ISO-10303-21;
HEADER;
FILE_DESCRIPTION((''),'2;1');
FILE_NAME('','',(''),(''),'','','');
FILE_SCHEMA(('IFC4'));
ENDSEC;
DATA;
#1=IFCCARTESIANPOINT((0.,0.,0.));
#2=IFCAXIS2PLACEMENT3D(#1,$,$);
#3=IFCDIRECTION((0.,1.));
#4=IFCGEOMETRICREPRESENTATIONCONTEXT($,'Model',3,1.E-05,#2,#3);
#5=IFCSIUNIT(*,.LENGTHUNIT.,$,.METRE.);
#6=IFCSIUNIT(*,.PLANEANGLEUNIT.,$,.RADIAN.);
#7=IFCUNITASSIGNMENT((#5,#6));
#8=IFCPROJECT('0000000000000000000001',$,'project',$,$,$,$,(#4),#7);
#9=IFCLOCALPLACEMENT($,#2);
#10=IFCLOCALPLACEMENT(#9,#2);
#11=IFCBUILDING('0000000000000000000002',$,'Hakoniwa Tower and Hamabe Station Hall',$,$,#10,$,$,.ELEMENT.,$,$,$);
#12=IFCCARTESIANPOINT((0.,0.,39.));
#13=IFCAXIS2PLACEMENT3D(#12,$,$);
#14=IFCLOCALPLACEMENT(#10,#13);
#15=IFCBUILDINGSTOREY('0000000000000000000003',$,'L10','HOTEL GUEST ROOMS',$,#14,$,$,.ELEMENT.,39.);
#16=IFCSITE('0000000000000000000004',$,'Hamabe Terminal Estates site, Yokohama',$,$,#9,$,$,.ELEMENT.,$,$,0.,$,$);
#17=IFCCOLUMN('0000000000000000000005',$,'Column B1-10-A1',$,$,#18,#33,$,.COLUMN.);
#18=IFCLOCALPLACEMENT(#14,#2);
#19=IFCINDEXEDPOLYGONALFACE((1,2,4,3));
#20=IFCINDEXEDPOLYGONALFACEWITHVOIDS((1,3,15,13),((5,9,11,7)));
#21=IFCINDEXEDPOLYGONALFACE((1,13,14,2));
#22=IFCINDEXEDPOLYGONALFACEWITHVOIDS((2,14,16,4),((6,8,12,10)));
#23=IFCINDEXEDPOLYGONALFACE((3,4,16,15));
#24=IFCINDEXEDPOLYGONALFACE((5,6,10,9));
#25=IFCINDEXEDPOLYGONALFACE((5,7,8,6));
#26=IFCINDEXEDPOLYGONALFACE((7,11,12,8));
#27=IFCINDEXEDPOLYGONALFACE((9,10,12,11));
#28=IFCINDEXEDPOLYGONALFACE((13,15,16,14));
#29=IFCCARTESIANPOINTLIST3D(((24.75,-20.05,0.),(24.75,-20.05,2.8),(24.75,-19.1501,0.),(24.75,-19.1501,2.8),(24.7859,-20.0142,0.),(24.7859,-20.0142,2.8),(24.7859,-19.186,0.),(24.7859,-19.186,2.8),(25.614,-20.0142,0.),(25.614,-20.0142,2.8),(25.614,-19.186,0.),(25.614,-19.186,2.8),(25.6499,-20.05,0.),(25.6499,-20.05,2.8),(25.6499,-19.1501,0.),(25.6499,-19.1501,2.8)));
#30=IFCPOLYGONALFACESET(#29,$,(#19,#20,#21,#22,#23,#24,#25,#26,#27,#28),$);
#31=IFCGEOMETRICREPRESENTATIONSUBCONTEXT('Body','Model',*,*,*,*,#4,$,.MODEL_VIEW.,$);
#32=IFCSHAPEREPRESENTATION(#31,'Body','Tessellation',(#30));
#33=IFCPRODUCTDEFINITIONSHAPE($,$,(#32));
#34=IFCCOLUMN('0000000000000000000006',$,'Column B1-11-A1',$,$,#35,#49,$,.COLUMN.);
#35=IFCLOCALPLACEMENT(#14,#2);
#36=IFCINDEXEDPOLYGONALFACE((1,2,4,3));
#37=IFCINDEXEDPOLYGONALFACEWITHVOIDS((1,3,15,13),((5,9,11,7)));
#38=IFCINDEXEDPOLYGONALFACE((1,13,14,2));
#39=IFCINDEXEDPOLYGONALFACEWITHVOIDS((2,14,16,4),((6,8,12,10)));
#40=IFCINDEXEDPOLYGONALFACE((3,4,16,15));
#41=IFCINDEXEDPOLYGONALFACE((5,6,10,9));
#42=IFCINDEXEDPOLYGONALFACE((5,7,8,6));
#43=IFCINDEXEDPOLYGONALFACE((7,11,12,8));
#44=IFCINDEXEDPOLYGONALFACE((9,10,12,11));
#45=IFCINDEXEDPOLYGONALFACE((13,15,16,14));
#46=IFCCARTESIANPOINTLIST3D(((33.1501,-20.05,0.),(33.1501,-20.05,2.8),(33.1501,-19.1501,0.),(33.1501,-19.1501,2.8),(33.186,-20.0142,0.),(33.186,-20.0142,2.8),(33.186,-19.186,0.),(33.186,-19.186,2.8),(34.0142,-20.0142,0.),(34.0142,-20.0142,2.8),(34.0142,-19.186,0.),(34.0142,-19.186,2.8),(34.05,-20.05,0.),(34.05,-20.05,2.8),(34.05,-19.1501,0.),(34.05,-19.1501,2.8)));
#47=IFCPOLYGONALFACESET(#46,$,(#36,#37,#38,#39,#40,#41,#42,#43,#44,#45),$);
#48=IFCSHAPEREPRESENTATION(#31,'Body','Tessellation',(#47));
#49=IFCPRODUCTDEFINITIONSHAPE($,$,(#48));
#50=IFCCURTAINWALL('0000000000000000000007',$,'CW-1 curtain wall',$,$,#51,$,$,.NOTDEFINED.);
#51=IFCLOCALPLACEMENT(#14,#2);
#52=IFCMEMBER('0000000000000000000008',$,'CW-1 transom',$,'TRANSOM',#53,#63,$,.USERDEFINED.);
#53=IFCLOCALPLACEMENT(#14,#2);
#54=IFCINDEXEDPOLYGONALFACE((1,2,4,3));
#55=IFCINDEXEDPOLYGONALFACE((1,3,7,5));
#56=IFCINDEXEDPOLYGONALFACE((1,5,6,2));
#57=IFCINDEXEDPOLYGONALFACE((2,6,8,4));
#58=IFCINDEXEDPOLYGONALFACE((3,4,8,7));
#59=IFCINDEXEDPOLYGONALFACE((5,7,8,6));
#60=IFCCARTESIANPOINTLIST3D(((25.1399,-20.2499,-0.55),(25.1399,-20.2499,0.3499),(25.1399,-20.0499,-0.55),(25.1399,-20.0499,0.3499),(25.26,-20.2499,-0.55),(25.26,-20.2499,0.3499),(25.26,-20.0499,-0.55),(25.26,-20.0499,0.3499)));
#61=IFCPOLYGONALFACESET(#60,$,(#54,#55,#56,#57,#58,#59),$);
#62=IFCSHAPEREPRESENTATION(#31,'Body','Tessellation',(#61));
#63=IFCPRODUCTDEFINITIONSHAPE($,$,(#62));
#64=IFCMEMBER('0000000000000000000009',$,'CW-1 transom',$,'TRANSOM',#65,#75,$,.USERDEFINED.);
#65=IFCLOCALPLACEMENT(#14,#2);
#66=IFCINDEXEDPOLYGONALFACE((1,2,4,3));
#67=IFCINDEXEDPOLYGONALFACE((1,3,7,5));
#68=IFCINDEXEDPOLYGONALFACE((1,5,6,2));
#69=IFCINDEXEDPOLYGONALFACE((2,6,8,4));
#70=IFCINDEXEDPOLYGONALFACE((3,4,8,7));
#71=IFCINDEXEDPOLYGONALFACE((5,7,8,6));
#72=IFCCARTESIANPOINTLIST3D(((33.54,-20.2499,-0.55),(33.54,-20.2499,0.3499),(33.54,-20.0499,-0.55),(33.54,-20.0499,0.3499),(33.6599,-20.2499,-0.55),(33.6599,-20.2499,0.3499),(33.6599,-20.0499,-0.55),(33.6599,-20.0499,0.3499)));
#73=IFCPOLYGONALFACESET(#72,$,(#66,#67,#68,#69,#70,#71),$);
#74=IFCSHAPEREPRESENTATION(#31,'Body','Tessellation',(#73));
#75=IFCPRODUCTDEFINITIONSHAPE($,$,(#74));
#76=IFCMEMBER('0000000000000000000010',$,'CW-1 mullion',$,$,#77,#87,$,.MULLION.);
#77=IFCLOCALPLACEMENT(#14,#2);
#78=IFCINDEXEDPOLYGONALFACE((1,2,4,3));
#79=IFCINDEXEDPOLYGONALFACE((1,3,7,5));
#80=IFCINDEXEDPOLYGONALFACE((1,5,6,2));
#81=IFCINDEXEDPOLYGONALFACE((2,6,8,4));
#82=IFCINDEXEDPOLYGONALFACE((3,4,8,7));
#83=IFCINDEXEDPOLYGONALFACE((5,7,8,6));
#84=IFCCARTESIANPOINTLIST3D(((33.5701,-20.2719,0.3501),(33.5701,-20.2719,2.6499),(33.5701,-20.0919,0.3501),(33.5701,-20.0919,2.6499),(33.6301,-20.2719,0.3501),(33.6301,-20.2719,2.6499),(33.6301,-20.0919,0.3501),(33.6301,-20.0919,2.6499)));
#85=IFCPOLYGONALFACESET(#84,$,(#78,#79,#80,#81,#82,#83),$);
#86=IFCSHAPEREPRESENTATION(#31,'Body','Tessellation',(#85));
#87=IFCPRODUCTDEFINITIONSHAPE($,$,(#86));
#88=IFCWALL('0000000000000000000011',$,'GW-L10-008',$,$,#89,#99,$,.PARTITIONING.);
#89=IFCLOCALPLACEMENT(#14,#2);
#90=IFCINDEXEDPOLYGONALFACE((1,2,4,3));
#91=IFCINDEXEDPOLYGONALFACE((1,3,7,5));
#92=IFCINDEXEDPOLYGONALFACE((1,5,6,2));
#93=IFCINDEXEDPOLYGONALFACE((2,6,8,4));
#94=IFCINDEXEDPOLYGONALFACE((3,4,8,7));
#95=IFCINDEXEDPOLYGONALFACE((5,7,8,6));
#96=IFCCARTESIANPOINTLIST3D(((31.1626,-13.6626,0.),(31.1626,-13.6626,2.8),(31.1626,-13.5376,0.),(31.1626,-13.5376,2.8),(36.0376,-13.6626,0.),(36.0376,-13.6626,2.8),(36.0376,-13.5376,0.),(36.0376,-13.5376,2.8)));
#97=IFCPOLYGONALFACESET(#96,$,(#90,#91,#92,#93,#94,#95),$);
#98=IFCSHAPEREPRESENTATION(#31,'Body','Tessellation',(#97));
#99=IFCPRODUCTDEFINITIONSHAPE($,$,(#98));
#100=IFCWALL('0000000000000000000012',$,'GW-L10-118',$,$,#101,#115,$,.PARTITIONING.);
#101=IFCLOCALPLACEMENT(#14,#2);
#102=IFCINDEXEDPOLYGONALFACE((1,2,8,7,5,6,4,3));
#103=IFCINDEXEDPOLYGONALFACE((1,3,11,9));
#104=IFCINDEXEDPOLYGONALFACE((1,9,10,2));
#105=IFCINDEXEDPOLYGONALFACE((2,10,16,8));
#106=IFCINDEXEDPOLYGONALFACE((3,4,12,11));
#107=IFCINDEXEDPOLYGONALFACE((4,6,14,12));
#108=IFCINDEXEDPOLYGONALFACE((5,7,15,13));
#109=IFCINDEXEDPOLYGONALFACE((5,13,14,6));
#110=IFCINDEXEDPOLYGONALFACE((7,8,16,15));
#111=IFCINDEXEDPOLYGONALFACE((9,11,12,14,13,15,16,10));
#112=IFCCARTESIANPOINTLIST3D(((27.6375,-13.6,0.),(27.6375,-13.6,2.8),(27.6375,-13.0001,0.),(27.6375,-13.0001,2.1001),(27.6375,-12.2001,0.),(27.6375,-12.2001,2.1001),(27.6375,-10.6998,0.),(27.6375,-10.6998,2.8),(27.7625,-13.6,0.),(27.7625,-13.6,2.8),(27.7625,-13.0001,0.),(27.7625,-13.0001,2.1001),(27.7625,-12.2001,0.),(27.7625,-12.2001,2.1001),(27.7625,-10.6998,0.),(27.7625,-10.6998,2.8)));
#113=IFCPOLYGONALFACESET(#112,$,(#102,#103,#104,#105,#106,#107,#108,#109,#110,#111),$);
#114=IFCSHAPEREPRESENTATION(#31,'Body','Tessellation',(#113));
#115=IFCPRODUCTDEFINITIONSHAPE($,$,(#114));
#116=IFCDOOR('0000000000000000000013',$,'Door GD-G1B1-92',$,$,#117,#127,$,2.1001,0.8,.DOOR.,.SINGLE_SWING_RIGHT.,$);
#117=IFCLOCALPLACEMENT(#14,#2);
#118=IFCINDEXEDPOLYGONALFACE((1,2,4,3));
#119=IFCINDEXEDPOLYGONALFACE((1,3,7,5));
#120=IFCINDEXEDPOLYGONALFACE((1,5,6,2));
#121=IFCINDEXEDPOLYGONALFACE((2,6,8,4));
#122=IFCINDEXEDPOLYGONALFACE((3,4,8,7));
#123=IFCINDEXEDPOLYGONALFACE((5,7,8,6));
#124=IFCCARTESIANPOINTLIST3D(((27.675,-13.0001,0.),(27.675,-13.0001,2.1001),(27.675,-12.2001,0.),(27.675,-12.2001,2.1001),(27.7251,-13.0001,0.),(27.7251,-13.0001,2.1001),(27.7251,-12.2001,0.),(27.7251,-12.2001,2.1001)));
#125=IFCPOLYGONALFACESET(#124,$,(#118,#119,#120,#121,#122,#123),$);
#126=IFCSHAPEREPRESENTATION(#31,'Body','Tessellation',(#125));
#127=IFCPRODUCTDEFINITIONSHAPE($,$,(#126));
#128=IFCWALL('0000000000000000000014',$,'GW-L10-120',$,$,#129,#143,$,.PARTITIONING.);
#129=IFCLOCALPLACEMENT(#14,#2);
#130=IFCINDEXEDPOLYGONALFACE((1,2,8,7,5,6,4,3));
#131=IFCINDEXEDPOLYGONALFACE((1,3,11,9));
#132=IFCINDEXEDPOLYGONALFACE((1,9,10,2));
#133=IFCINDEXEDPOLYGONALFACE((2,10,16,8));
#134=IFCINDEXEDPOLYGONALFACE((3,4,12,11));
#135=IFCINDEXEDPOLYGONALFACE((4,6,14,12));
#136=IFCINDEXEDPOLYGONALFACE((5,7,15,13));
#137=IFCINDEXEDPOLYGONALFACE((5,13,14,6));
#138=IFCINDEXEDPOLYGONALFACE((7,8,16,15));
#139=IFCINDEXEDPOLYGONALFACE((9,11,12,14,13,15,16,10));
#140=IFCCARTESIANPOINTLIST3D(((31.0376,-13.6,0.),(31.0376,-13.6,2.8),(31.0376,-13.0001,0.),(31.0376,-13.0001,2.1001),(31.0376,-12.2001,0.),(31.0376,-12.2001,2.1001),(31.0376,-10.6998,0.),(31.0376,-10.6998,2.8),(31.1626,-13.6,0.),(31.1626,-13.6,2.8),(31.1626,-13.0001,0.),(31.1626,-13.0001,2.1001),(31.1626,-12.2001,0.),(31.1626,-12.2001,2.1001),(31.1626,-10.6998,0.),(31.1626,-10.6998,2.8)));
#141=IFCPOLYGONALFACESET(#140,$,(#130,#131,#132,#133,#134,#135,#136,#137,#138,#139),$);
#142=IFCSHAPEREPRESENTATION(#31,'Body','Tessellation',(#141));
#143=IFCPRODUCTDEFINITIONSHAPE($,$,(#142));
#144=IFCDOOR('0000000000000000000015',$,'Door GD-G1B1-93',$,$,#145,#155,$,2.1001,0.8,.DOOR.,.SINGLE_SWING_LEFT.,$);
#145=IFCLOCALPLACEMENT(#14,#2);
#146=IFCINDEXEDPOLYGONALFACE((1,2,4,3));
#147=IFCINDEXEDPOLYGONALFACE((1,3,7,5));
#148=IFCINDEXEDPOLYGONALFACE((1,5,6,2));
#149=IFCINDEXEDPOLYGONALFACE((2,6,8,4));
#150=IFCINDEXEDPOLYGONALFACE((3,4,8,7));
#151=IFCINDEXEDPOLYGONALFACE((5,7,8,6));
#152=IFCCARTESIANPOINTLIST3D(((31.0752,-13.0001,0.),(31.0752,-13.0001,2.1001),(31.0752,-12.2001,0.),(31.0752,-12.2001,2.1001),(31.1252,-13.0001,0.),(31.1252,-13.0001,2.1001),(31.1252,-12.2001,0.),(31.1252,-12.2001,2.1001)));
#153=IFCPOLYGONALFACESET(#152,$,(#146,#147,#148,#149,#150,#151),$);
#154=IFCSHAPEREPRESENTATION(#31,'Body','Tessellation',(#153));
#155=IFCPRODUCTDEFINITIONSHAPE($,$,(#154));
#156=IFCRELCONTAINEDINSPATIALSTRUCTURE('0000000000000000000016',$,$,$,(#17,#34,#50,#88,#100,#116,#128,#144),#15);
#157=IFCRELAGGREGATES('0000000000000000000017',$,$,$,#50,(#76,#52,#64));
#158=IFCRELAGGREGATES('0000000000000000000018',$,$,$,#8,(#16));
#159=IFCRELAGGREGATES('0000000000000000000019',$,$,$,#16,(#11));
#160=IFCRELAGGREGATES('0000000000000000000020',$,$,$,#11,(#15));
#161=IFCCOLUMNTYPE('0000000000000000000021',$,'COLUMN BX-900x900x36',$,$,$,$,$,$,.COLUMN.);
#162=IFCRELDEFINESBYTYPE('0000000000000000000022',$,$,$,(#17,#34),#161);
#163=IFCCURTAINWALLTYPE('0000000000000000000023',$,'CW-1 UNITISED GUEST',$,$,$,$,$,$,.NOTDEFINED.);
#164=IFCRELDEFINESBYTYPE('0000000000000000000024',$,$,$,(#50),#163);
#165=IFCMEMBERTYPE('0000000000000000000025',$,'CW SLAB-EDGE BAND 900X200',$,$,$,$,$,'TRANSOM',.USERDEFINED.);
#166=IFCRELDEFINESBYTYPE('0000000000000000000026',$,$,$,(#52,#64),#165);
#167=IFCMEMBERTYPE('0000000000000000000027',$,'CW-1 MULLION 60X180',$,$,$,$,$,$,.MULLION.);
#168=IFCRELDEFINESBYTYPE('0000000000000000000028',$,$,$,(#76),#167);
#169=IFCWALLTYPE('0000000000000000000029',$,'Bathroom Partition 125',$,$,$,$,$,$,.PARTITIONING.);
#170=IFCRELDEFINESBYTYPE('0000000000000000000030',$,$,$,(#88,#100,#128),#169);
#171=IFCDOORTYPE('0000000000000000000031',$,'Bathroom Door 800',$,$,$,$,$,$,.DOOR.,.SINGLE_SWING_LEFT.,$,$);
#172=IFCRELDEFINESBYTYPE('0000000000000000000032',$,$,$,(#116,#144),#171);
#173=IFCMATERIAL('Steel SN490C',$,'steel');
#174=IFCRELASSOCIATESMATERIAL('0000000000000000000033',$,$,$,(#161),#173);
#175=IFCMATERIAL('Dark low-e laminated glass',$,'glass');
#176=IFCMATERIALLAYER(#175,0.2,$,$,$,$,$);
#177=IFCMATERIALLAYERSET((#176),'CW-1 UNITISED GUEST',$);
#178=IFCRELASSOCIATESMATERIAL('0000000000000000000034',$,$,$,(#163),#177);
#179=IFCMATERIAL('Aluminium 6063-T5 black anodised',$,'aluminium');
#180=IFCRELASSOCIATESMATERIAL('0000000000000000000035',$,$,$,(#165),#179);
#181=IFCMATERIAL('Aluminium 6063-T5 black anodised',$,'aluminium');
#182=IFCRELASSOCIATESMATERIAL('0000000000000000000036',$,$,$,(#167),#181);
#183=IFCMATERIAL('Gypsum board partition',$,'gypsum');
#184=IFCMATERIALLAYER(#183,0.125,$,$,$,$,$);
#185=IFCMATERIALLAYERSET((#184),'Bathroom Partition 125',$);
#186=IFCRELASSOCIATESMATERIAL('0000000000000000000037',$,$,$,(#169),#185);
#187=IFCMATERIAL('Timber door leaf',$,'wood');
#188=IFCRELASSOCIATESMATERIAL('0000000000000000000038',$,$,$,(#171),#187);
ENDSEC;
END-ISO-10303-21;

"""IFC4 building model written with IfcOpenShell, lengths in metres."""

from ifc_helpers import new_model, si_unit, direction, frame, frame_2d, origin, origin_2d, place, context, subcontext, project, spatial, rectangle, hollow_rectangle, extrude, material, layer, layer_set, material_profile, profile_set, type_object, element, fill, aggregate, save


model = new_model("IFC4")

# Units and contexts
model_context = context("Model", 3, precision=1e-05, world=origin(), true_north=direction((0.0, 1.0)))
body_context = subcontext(model_context, "Body", "Model", "MODEL_VIEW")
ifc_project = project(units=[si_unit("LENGTHUNIT", "METRE"), si_unit("PLANEANGLEUNIT", "RADIAN")], contexts=[model_context])

# Site, building, storey
site_placement = place(None, origin())
site = spatial("IfcSite", under=ifc_project, at=site_placement, Name="Hamabe Terminal Estates site, Yokohama", CompositionType="ELEMENT", RefElevation=0.0)
building_placement = place(site_placement, origin())
building = spatial("IfcBuilding", under=site, at=building_placement, Name="Hakoniwa Tower and Hamabe Station Hall", CompositionType="ELEMENT")
storey_placement = place(building_placement, frame((0.0, 0.0, 39.0)))
storey = spatial("IfcBuildingStorey", under=building, at=storey_placement, Name="L10", Description="HOTEL GUEST ROOMS", CompositionType="ELEMENT", Elevation=39.0)

# Columns
ifc_material_1 = material(Name="Steel SN490C", Category="steel")
ifc_material_profile_1 = material_profile(ifc_material_1, hollow_rectangle(XDim=0.8999, YDim=0.8999, WallThickness=0.0359, at=origin_2d()), Name="BX-900x900x36")
ifc_profile_set_1 = profile_set([ifc_material_profile_1], Name="Steel SN490C")
column_type = type_object("IfcColumnType", Name="COLUMN BX-900x900x36", PredefinedType="COLUMN", material=ifc_profile_set_1)
for number, where, z_axis, x_axis, name in (
    (1, (25.2, -19.6001, 0.0), (0.0, 0.0, 1.0), (1.0, 0.0, 0.0), "Column B1-10-A1"),
    (2, (33.6001, -19.6001, 0.0), (0.0, 0.0, 1.0), (1.0, 0.0, 0.0), "Column B1-11-A1"),
):
    element("IfcColumn", number, at=place(storey_placement, frame(where, z_axis=z_axis, x_axis=x_axis)), inside=storey, type_object=column_type, Name=name, PredefinedType="COLUMN", context=body_context, shape_type="SweptSolid", body=[
        extrude(hollow_rectangle(XDim=0.8999, YDim=0.8999, WallThickness=0.0359, at=origin_2d()), origin(), (0.0, 0.0, 1.0), 2.8),
    ])

# Curtain wall, members
ifc_material_2 = material(Name="Dark low-e laminated glass", Category="glass")
ifc_layer_1 = layer(ifc_material_2, 0.2)
ifc_layer_set_1 = layer_set([ifc_layer_1], Name="CW-1 UNITISED GUEST")
curtain_wall_type = type_object("IfcCurtainWallType", Name="CW-1 UNITISED GUEST", PredefinedType="NOTDEFINED", material=ifc_layer_set_1)
curtain_wall_placement = place(storey_placement, origin())
curtain_wall = element("IfcCurtainWall", 3, at=curtain_wall_placement, inside=storey, type_object=curtain_wall_type, Name="CW-1 curtain wall", PredefinedType="NOTDEFINED")
ifc_material_3 = material(Name="Aluminium 6063-T5 black anodised", Category="aluminium")
ifc_material_profile_2 = material_profile(ifc_material_3, rectangle(XDim=0.2, YDim=0.8999, at=origin_2d()), Name="CW SLAB-EDGE BAND 900X200")
ifc_profile_set_2 = profile_set([ifc_material_profile_2], Name="Aluminium 6063-T5 black anodised")
member_type_1 = type_object("IfcMemberType", Name="CW SLAB-EDGE BAND 900X200", ElementType="TRANSOM", PredefinedType="USERDEFINED", material=ifc_profile_set_2)
member_1_placement = place(storey_placement, frame((25.1399, -20.1499, -0.1001), z_axis=(1.0, 0.0, 0.0), x_axis=(0.0, 1.0, 0.0)))
member_1 = element("IfcMember", 4, at=member_1_placement, type_object=member_type_1, Name="CW-1 transom", ObjectType="TRANSOM", PredefinedType="USERDEFINED", context=body_context, shape_type="SweptSolid", body=[
    extrude(rectangle(XDim=0.2, YDim=0.8999, at=origin_2d()), origin(), (0.0, 0.0, 1.0), 0.1201),
])
member_2_placement = place(storey_placement, frame((33.54, -20.1499, -0.1001), z_axis=(1.0, 0.0, 0.0), x_axis=(0.0, 1.0, 0.0)))
member_2 = element("IfcMember", 5, at=member_2_placement, type_object=member_type_1, Name="CW-1 transom", ObjectType="TRANSOM", PredefinedType="USERDEFINED", context=body_context, shape_type="SweptSolid", body=[
    extrude(rectangle(XDim=0.2, YDim=0.8999, at=origin_2d()), origin(), (0.0, 0.0, 1.0), 0.1199),
])
ifc_material_4 = material(Name="Aluminium 6063-T5 black anodised", Category="aluminium")
ifc_material_profile_3 = material_profile(ifc_material_4, rectangle(XDim=0.0601, YDim=0.1799, at=origin_2d()), Name="CW-1 MULLION 60X180")
ifc_profile_set_3 = profile_set([ifc_material_profile_3], Name="Aluminium 6063-T5 black anodised")
member_type_2 = type_object("IfcMemberType", Name="CW-1 MULLION 60X180", PredefinedType="MULLION", material=ifc_profile_set_3)
member_3_placement = place(storey_placement, frame((33.6001, -20.1819, 0.3501), z_axis=(0.0, 0.0, 1.0), x_axis=(1.0, 0.0, 0.0)))
member_3 = element("IfcMember", 6, at=member_3_placement, type_object=member_type_2, Name="CW-1 mullion", PredefinedType="MULLION", context=body_context, shape_type="SweptSolid", body=[
    extrude(rectangle(XDim=0.0601, YDim=0.1799, at=origin_2d()), origin(), (0.0, 0.0, 1.0), 2.2998),
])

# Wall
ifc_material_5 = material(Name="Gypsum board partition", Category="gypsum")
ifc_layer_2 = layer(ifc_material_5, 0.125)
ifc_layer_set_2 = layer_set([ifc_layer_2], Name="Bathroom Partition 125")
wall_type_1 = type_object("IfcWallType", Name="Bathroom Partition 125", PredefinedType="PARTITIONING", material=ifc_layer_set_2)
wall_1_placement = place(storey_placement, frame((31.1626, -13.6001, 0.0), z_axis=(0.0, 0.0, 1.0), x_axis=(1.0, 0.0, 0.0)))
element("IfcWall", 7, at=wall_1_placement, inside=storey, type_object=wall_type_1, Name="GW-L10-008", PredefinedType="PARTITIONING", context=body_context, shape_type="SweptSolid", body=[
    extrude(rectangle(XDim=4.875, YDim=0.125, at=frame_2d((2.4375, 0.0))), origin(), (0.0, 0.0, 1.0), 2.8),
])

# Walls, openings, doors
wall_2_placement = place(storey_placement, frame((27.7, -13.6001, 0.0), z_axis=(0.0, 0.0, 1.0), x_axis=(0.0, 1.0, 0.0)))
wall_2 = element("IfcWall", 8, at=wall_2_placement, inside=storey, type_object=wall_type_1, Name="GW-L10-118", PredefinedType="PARTITIONING", context=body_context, shape_type="SweptSolid", body=[
    extrude(rectangle(XDim=2.9001, YDim=0.125, at=frame_2d((1.4502, 0.0))), origin(), (0.0, 0.0, 1.0), 2.8),
])
opening_1_placement = place(wall_2_placement, frame((0.6001, 0.0, 0.0)))
opening_1 = element("IfcOpeningElement", 9, at=opening_1_placement, cuts=wall_2, PredefinedType="OPENING", context=body_context, shape_type="SweptSolid", body=[
    extrude(rectangle(XDim=0.8, YDim=2.1001, at=frame_2d((0.3999, 1.05))), frame((0.0, 0.0725, 0.0), z_axis=(0.0, -1.0, 0.0), x_axis=(1.0, 0.0, 0.0)), (0.0, 0.0, 1.0), 0.145),
])
ifc_material_6 = material(Name="Timber door leaf", Category="wood")
door_type_1 = type_object("IfcDoorType", Name="Bathroom Door 800", OperationType="SINGLE_SWING_LEFT", PredefinedType="DOOR", material=ifc_material_6)
door_1_placement = place(opening_1_placement, origin())
door_1 = element("IfcDoor", 10, at=door_1_placement, inside=storey, type_object=door_type_1, Name="Door GD-G1B1-92", OperationType="SINGLE_SWING_RIGHT", OverallHeight=2.1001, OverallWidth=0.8, PredefinedType="DOOR", context=body_context, shape_type="SweptSolid", body=[
    extrude(rectangle(XDim=0.8, YDim=2.1001, at=frame_2d((0.3999, 1.05))), frame((0.0, 0.0249, 0.0), z_axis=(0.0, -1.0, 0.0), x_axis=(1.0, 0.0, 0.0)), (0.0, 0.0, 1.0), 0.05),
])
fill(opening_1, door_1)
wall_3_placement = place(storey_placement, frame((31.1001, -13.6001, 0.0), z_axis=(0.0, 0.0, 1.0), x_axis=(0.0, 1.0, 0.0)))
wall_3 = element("IfcWall", 11, at=wall_3_placement, inside=storey, type_object=wall_type_1, Name="GW-L10-120", PredefinedType="PARTITIONING", context=body_context, shape_type="SweptSolid", body=[
    extrude(rectangle(XDim=2.9001, YDim=0.125, at=frame_2d((1.4502, 0.0))), origin(), (0.0, 0.0, 1.0), 2.8),
])
opening_2_placement = place(wall_3_placement, frame((0.6001, 0.0, 0.0)))
opening_2 = element("IfcOpeningElement", 12, at=opening_2_placement, cuts=wall_3, PredefinedType="OPENING", context=body_context, shape_type="SweptSolid", body=[
    extrude(rectangle(XDim=0.8, YDim=2.1001, at=frame_2d((0.3999, 1.05))), frame((0.0, 0.0725, 0.0), z_axis=(0.0, -1.0, 0.0), x_axis=(1.0, 0.0, 0.0)), (0.0, 0.0, 1.0), 0.145),
])
door_2_placement = place(opening_2_placement, origin())
door_2 = element("IfcDoor", 13, at=door_2_placement, inside=storey, type_object=door_type_1, Name="Door GD-G1B1-93", OperationType="SINGLE_SWING_LEFT", OverallHeight=2.1001, OverallWidth=0.8, PredefinedType="DOOR", context=body_context, shape_type="SweptSolid", body=[
    extrude(rectangle(XDim=0.8, YDim=2.1001, at=frame_2d((0.3999, 1.05))), frame((0.0, 0.0249, 0.0), z_axis=(0.0, -1.0, 0.0), x_axis=(1.0, 0.0, 0.0)), (0.0, 0.0, 1.0), 0.05),
])
fill(opening_2, door_2)

aggregate(curtain_wall, [member_3, member_1, member_2])

save(model, "model.ifc")
